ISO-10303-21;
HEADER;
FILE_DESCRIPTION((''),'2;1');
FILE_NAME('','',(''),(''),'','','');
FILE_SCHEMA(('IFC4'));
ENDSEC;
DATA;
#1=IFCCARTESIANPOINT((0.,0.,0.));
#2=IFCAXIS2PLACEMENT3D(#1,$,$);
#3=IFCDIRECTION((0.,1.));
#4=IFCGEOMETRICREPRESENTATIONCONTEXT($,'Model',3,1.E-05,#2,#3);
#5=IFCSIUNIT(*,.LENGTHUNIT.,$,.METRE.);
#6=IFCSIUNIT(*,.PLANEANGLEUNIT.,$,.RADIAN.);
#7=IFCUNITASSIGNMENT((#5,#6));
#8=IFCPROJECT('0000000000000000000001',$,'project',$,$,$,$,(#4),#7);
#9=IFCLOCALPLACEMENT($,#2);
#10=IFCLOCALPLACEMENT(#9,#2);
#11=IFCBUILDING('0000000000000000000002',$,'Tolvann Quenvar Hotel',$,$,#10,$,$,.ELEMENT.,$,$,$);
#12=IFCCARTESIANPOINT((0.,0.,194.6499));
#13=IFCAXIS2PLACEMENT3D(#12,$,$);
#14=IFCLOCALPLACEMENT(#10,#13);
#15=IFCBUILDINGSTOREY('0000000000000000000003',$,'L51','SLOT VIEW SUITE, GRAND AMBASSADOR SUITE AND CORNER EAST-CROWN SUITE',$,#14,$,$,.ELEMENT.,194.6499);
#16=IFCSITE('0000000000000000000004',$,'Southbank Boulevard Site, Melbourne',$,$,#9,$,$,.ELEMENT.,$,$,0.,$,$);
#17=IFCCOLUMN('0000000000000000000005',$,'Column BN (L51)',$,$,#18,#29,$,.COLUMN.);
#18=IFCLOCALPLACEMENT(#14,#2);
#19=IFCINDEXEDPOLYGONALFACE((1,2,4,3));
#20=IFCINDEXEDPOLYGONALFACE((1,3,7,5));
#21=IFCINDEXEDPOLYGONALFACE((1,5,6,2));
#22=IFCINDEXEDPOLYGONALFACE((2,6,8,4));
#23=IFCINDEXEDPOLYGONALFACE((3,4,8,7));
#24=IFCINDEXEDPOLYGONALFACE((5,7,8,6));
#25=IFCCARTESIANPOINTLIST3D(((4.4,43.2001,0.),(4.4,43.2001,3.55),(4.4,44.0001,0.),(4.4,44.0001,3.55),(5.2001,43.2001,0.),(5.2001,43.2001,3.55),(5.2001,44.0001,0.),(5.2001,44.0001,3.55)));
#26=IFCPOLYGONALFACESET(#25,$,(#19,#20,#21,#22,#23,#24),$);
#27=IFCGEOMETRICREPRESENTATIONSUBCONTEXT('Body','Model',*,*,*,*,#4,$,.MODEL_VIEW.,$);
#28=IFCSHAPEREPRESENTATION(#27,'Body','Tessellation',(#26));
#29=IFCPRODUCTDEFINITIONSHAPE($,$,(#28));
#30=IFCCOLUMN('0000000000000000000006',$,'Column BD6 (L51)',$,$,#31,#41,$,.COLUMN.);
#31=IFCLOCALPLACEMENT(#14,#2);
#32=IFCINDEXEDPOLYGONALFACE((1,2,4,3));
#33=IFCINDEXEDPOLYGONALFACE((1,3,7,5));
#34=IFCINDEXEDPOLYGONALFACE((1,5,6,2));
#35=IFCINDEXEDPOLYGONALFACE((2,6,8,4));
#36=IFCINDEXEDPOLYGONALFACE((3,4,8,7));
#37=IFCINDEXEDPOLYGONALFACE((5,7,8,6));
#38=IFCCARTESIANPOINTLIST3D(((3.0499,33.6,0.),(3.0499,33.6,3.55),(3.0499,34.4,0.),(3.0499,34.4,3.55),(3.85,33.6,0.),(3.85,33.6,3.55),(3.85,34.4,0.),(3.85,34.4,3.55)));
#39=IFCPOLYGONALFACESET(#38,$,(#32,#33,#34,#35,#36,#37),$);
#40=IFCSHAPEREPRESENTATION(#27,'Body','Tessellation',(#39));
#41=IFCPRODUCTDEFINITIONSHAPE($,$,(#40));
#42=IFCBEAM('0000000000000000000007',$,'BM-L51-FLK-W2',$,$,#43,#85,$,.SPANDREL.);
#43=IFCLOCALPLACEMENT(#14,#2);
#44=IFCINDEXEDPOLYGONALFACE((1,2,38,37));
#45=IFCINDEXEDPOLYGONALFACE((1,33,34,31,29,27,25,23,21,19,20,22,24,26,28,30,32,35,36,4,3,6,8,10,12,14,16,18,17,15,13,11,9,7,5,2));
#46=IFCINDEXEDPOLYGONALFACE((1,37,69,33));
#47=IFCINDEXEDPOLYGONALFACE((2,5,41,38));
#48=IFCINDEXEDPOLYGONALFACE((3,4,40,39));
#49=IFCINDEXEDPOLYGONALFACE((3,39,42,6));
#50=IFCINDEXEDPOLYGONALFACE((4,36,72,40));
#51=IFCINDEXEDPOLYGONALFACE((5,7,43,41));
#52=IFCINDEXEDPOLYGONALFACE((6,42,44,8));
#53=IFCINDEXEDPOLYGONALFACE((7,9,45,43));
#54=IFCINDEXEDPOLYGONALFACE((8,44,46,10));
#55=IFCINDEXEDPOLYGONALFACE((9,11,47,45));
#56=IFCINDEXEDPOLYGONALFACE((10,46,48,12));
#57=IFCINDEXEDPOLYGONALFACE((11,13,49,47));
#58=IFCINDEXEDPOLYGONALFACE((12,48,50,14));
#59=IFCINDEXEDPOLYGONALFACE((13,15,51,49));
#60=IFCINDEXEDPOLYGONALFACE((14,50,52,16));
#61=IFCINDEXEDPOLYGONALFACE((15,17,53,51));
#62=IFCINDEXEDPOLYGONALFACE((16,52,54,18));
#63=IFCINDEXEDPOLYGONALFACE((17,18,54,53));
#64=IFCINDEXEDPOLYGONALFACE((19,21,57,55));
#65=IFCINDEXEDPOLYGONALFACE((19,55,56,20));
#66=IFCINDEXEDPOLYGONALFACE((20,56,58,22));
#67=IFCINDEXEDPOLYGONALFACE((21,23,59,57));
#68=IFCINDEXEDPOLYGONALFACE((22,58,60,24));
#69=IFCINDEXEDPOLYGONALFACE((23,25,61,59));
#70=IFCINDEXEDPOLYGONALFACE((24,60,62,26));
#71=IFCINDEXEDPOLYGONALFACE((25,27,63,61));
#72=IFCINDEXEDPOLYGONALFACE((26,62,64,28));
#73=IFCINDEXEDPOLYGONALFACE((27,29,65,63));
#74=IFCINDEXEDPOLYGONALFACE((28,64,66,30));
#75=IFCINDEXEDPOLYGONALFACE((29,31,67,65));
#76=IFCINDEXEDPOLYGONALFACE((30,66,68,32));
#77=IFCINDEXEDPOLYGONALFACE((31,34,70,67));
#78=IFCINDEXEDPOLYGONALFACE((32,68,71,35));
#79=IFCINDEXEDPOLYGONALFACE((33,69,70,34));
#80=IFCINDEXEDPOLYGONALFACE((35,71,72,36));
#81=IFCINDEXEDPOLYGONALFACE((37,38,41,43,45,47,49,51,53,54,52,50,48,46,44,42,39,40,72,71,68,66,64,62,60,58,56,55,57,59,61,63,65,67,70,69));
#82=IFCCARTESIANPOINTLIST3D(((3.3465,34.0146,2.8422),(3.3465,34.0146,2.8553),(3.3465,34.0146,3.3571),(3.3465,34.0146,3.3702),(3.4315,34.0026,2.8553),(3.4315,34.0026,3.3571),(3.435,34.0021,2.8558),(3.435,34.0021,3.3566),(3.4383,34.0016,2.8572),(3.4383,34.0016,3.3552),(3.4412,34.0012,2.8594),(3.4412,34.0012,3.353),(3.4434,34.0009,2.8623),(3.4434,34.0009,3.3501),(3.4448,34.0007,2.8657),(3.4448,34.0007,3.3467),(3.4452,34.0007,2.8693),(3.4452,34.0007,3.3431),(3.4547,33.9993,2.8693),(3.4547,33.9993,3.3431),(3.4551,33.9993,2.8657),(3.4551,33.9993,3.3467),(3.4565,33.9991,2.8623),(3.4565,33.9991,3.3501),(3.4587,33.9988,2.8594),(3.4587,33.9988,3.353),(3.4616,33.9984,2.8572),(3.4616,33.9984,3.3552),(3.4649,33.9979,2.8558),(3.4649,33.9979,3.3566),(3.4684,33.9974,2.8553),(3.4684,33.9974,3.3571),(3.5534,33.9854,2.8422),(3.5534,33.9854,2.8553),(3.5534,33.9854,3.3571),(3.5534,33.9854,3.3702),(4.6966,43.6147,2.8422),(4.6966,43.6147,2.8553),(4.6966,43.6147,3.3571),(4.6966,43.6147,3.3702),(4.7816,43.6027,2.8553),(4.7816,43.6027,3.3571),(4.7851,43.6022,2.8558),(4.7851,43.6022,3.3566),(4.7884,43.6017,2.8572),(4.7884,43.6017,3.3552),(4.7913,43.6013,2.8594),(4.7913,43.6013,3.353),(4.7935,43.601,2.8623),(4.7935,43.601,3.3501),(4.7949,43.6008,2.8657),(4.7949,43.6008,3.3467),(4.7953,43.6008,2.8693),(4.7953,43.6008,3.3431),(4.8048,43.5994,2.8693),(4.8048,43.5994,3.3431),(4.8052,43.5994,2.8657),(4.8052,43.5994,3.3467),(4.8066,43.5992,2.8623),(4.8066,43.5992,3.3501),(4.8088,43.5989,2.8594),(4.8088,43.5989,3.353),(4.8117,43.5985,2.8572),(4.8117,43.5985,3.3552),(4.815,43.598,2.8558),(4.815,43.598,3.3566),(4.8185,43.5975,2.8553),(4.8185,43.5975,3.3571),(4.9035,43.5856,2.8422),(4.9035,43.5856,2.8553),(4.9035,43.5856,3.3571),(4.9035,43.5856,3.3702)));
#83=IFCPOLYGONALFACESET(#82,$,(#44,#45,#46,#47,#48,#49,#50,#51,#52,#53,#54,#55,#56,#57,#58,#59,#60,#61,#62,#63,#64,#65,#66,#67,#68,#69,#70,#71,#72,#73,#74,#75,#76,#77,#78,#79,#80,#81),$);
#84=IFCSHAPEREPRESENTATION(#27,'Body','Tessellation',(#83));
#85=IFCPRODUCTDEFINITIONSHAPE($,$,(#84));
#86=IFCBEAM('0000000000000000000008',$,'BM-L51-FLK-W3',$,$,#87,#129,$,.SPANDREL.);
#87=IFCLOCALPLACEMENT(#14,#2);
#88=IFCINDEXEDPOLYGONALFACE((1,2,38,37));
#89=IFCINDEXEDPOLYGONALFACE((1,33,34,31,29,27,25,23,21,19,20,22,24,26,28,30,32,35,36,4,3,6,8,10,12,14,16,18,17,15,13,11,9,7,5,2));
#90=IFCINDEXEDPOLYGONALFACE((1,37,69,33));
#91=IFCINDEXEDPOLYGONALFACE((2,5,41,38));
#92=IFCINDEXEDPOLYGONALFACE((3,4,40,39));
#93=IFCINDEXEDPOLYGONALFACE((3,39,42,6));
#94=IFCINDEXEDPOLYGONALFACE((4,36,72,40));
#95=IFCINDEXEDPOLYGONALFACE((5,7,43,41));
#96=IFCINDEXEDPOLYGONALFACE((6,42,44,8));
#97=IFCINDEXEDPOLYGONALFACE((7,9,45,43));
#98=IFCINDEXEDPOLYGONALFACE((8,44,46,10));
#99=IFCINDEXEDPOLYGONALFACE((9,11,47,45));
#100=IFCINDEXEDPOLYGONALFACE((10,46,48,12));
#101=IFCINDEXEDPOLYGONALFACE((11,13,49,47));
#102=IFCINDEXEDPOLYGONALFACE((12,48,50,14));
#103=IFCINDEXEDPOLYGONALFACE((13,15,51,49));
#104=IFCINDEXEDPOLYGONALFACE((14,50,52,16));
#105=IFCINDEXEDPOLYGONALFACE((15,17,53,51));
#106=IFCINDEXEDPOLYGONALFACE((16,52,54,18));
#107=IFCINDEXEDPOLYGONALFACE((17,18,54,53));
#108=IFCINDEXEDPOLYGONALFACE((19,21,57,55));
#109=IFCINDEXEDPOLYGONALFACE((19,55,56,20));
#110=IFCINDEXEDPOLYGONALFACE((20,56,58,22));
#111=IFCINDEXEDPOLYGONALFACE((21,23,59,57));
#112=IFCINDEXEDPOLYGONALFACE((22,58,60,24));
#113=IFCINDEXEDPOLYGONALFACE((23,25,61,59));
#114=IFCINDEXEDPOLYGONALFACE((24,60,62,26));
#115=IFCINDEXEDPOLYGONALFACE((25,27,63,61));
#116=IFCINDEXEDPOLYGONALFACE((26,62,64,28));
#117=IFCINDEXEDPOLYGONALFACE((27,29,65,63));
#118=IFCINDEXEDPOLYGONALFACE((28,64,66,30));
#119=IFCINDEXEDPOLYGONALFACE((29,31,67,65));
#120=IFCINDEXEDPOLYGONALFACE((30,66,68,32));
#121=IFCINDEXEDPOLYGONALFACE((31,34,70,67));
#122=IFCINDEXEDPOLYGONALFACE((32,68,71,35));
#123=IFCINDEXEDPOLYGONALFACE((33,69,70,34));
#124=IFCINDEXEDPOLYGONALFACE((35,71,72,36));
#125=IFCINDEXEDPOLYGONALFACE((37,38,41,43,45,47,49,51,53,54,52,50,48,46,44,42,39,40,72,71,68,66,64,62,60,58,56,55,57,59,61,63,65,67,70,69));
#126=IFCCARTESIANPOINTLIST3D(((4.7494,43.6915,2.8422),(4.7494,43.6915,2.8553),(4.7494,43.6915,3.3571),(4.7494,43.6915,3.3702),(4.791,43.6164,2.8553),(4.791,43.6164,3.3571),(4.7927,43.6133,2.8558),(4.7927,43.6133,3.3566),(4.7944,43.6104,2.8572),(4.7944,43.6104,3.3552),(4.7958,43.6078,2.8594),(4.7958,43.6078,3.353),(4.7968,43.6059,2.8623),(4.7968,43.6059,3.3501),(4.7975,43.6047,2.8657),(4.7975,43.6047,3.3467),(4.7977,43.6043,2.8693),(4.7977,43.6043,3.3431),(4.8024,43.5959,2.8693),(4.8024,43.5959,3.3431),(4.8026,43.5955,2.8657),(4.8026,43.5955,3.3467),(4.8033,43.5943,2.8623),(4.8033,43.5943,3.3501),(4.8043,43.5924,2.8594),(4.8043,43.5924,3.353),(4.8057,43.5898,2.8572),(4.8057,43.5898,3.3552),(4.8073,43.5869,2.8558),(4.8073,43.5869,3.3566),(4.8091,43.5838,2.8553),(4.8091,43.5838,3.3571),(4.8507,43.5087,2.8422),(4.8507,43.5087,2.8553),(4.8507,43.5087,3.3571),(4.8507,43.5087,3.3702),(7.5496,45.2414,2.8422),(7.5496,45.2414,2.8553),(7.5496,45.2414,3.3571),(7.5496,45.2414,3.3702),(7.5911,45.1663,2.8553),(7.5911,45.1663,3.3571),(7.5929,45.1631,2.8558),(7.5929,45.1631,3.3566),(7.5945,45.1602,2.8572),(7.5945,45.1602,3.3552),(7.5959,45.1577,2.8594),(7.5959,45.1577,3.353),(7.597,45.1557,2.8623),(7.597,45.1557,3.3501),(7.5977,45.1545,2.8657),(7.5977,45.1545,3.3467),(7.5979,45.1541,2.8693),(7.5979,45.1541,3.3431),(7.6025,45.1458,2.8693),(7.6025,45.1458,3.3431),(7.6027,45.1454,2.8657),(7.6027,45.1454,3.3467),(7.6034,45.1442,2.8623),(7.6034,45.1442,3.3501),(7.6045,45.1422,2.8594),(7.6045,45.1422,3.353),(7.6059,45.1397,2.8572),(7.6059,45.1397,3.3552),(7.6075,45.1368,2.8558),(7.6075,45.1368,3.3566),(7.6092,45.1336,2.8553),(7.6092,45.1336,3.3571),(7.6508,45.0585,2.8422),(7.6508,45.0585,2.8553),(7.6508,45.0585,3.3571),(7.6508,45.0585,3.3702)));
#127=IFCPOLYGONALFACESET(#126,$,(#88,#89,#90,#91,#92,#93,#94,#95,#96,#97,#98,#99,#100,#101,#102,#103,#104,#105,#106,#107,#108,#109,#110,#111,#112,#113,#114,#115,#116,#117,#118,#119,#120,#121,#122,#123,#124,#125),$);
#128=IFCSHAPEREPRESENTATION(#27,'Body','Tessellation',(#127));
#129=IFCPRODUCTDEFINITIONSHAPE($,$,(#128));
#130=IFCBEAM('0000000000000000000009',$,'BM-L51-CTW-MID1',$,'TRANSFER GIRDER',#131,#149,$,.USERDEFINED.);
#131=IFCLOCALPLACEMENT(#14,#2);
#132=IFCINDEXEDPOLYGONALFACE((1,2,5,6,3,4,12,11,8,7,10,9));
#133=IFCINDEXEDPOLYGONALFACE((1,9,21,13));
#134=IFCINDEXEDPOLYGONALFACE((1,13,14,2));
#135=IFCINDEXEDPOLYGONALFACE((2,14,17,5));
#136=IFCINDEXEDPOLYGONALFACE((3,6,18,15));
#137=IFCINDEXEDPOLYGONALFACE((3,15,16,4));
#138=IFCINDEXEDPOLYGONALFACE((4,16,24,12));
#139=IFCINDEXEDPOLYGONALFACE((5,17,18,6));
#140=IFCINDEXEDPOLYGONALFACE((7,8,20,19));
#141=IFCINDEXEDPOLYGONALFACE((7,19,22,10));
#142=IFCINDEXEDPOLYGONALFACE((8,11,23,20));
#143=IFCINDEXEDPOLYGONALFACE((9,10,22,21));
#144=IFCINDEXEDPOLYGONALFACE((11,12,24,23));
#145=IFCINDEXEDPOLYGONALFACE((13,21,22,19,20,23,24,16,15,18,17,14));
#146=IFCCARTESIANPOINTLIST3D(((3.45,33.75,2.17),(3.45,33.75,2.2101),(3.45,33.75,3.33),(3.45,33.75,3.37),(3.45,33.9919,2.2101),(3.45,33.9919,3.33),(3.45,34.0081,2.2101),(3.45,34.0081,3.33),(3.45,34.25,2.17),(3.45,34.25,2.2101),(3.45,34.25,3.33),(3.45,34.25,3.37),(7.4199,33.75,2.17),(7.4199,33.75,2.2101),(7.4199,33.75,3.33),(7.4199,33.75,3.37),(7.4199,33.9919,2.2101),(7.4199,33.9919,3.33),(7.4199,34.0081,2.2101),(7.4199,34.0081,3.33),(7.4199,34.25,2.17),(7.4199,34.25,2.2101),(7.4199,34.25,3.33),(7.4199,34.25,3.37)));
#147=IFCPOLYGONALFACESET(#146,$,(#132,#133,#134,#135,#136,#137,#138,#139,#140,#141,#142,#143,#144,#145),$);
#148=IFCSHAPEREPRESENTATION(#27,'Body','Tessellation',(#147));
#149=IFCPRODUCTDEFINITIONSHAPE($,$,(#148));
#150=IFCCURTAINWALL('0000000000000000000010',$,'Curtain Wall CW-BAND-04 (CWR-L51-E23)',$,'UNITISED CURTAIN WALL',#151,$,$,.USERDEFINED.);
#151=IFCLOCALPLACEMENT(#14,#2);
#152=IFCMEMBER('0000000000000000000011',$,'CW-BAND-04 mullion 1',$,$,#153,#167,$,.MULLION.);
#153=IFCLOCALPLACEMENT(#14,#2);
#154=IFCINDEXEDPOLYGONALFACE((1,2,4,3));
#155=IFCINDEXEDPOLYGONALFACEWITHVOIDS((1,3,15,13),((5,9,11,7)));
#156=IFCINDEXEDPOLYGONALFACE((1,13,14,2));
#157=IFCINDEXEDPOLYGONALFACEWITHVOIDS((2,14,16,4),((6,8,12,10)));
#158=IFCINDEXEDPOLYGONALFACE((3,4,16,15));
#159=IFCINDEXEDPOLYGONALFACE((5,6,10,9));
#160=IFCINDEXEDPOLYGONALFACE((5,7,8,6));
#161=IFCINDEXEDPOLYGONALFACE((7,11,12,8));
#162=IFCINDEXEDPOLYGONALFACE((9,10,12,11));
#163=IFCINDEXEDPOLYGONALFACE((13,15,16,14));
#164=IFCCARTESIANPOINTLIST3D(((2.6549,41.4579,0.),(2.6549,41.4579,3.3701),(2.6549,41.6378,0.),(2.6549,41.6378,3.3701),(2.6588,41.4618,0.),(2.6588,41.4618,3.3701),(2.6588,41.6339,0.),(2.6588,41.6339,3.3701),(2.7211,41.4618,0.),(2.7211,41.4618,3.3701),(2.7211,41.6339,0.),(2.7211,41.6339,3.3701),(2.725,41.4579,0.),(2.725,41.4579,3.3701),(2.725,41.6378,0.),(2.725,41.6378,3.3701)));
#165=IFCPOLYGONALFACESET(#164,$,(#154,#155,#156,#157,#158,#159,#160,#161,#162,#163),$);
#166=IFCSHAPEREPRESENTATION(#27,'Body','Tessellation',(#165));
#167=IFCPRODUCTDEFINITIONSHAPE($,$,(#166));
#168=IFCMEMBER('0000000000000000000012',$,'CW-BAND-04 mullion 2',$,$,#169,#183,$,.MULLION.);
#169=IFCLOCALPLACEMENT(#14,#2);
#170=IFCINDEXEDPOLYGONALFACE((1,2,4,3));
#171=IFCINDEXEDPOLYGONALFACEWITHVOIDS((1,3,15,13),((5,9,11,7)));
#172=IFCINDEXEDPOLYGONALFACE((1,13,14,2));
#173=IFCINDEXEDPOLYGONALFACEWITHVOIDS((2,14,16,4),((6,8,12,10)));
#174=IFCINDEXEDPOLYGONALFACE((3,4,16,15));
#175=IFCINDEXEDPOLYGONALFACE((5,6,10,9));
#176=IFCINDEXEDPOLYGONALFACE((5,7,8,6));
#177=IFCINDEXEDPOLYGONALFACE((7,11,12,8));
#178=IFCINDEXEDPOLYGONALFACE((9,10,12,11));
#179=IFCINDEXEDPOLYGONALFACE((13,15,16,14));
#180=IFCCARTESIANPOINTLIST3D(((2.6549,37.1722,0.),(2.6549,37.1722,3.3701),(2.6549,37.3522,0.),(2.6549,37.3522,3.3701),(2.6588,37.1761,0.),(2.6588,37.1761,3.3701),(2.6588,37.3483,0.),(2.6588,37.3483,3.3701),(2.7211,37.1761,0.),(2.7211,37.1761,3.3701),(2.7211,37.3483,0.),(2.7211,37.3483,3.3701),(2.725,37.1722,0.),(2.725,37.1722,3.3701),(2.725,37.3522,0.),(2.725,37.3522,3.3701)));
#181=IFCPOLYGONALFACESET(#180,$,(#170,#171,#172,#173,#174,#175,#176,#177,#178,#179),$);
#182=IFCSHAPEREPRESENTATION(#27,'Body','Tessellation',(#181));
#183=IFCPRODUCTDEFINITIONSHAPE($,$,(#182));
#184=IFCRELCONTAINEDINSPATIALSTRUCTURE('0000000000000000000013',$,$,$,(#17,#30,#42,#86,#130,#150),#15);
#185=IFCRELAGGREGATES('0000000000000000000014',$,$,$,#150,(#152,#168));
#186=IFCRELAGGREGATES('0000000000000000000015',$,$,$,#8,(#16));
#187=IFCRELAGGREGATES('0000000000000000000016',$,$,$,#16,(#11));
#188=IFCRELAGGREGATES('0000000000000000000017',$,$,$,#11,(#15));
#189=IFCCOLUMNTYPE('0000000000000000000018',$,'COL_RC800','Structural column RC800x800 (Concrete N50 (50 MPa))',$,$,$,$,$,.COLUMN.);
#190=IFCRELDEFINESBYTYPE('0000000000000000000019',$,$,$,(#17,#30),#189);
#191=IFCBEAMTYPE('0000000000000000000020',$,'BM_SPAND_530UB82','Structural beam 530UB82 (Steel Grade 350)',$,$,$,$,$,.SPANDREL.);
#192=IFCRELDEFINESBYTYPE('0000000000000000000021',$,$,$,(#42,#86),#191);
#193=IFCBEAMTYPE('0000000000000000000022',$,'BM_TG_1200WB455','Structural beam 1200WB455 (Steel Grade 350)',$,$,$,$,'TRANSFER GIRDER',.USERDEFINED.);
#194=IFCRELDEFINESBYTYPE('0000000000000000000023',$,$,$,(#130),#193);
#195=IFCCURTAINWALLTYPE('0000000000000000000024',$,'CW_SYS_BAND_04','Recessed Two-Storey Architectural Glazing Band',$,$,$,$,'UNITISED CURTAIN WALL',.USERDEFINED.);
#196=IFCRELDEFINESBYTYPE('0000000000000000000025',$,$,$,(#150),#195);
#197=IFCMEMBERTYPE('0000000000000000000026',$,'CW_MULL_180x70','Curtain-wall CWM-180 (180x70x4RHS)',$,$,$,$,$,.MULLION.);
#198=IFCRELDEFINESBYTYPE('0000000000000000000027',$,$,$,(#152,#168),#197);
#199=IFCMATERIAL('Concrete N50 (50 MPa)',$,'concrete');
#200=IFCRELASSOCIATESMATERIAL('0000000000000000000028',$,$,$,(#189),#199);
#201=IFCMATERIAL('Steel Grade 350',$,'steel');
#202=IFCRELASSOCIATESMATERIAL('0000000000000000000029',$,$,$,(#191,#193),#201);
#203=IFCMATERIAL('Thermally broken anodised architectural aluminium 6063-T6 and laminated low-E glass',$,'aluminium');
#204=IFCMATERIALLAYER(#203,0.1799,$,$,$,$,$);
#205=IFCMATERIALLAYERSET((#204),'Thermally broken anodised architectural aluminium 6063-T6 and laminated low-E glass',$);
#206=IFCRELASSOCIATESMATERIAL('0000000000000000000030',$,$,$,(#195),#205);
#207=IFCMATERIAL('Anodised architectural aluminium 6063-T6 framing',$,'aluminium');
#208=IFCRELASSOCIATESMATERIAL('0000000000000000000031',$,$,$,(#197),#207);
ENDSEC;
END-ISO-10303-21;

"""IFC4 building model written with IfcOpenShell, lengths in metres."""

from ifc_helpers import new_model, si_unit, direction, frame, origin, origin_2d, place, context, subcontext, project, spatial, rectangle, hollow_rectangle, i_section, extrude, source, transform, mapped, material, layer, layer_set, material_profile, profile_set, type_object, type_shapes, element, aggregate, save


model = new_model("IFC4")

# Units and contexts
model_context = context("Model", 3, precision=1e-05, world=origin(), true_north=direction((0.0, 1.0)))
body_context = subcontext(model_context, "Body", "Model", "MODEL_VIEW")
ifc_project = project(units=[si_unit("LENGTHUNIT", "METRE"), si_unit("PLANEANGLEUNIT", "RADIAN")], contexts=[model_context])

# Site, building, storey
site_placement = place(None, origin())
site = spatial("IfcSite", under=ifc_project, at=site_placement, Name="Southbank Boulevard Site, Melbourne", CompositionType="ELEMENT", RefElevation=0.0)
building_placement = place(site_placement, origin())
building = spatial("IfcBuilding", under=site, at=building_placement, Name="Tolvann Quenvar Hotel", CompositionType="ELEMENT")
storey_placement = place(building_placement, frame((0.0, 0.0, 194.6499)))
storey = spatial("IfcBuildingStorey", under=building, at=storey_placement, Name="L51", Description="SLOT VIEW SUITE, GRAND AMBASSADOR SUITE AND CORNER EAST-CROWN SUITE", CompositionType="ELEMENT", Elevation=194.6499)

# Columns
ifc_material_1 = material(Name="Concrete N50 (50 MPa)", Category="concrete")
ifc_material_profile_1 = material_profile(ifc_material_1, rectangle(XDim=0.8, YDim=0.8, at=origin_2d()), Name="RC800x800")
ifc_profile_set_1 = profile_set([ifc_material_profile_1], Name="Concrete N50 (50 MPa)")
column_type = type_object("IfcColumnType", Name="COL_RC800", Description="Structural column RC800x800 (Concrete N50 (50 MPa))", PredefinedType="COLUMN", material=ifc_profile_set_1)
shared_shape_1 = source(origin(), body_context, "Body", "SweptSolid", [
    extrude(rectangle(XDim=0.8, YDim=0.8, at=origin_2d()), origin(), (0.0, 0.0, 1.0), 3.55),
])
type_shapes(column_type, [shared_shape_1])
for number, where, z_axis, x_axis, name in (
    (1, (4.8, 43.6001, 0.0), (0.0, 0.0, 1.0), (1.0, 0.0, 0.0), "Column BN (L51)"),
    (2, (3.45, 34.0, 0.0), (0.0, 0.0, 1.0), (1.0, 0.0, 0.0), "Column BD6 (L51)"),
):
    element("IfcColumn", number, at=place(storey_placement, frame(where, z_axis=z_axis, x_axis=x_axis)), inside=storey, type_object=column_type, Name=name, PredefinedType="COLUMN", context=body_context, shape_type="MappedRepresentation", body=[
        mapped(shared_shape_1, transform((0.0, 0.0, 0.0), x_axis=(1.0, 0.0, 0.0), y_axis=(0.0, 1.0, 0.0), z_axis=(0.0, 0.0, 1.0), scale=1.0)),
    ])

# Beams
ifc_material_2 = material(Name="Steel Grade 350", Category="steel")
ifc_material_profile_2 = material_profile(ifc_material_2, i_section(OverallWidth=0.209, OverallDepth=0.5281, WebThickness=0.0095, FlangeThickness=0.0132, FilletRadius=0.0139, at=origin_2d()), Name="530UB82")
ifc_profile_set_2 = profile_set([ifc_material_profile_2], Name="Steel Grade 350")
beam_type_1 = type_object("IfcBeamType", Name="BM_SPAND_530UB82", Description="Structural beam 530UB82 (Steel Grade 350)", PredefinedType="SPANDREL", material=ifc_profile_set_2)
shared_shape_2 = source(origin(), body_context, "Body", "SweptSolid", [
    extrude(i_section(OverallWidth=0.209, OverallDepth=0.5281, WebThickness=0.0095, FlangeThickness=0.0132, FilletRadius=0.0139, at=origin_2d()), origin(), (0.0, 0.0, 1.0), 9.6946),
])
beam_1_placement = place(storey_placement, frame((3.45, 34.0, 3.1062), z_axis=(0.139263, 0.990255, 0.0), x_axis=(-0.990255, 0.139263, 0.0)))
element("IfcBeam", 3, at=beam_1_placement, inside=storey, type_object=beam_type_1, Name="BM-L51-FLK-W2", PredefinedType="SPANDREL", context=body_context, shape_type="MappedRepresentation", body=[
    mapped(shared_shape_2, transform((0.0, 0.0, 0.0), x_axis=(1.0, 0.0, 0.0), y_axis=(0.0, 1.0, 0.0), z_axis=(0.0, 0.0, 1.0), scale=1.0)),
])
shared_shape_3 = source(origin(), body_context, "Body", "SweptSolid", [
    extrude(i_section(OverallWidth=0.209, OverallDepth=0.5281, WebThickness=0.0095, FlangeThickness=0.0132, FilletRadius=0.0139, at=origin_2d()), origin(), (0.0, 0.0, 1.0), 3.2004),
])
type_shapes(beam_type_1, [shared_shape_2, shared_shape_3])
beam_2_placement = place(storey_placement, frame((4.8, 43.6001, 3.1062), z_axis=(0.874923, 0.484263, 0.0), x_axis=(-0.484263, 0.874923, 0.0)))
element("IfcBeam", 4, at=beam_2_placement, inside=storey, type_object=beam_type_1, Name="BM-L51-FLK-W3", PredefinedType="SPANDREL", context=body_context, shape_type="MappedRepresentation", body=[
    mapped(shared_shape_3, transform((0.0, 0.0, 0.0), x_axis=(1.0, 0.0, 0.0), y_axis=(0.0, 1.0, 0.0), z_axis=(0.0, 0.0, 1.0), scale=1.0)),
])
ifc_material_profile_3 = material_profile(ifc_material_2, i_section(OverallWidth=0.5, OverallDepth=1.2, WebThickness=0.0161, FlangeThickness=0.04, at=origin_2d()), Name="1200WB455")
ifc_profile_set_3 = profile_set([ifc_material_profile_3], Name="Steel Grade 350")
beam_type_2 = type_object("IfcBeamType", Name="BM_TG_1200WB455", Description="Structural beam 1200WB455 (Steel Grade 350)", ElementType="TRANSFER GIRDER", PredefinedType="USERDEFINED", material=ifc_profile_set_3)
shared_shape_4 = source(origin(), body_context, "Body", "SweptSolid", [
    extrude(i_section(OverallWidth=0.5, OverallDepth=1.2, WebThickness=0.0161, FlangeThickness=0.04, at=origin_2d()), origin(), (0.0, 0.0, 1.0), 3.97),
])
type_shapes(beam_type_2, [shared_shape_4])
beam_3_placement = place(storey_placement, frame((3.45, 34.0, 2.77), z_axis=(1.0, 0.0, 0.0), x_axis=(0.0, 1.0, 0.0)))
element("IfcBeam", 5, at=beam_3_placement, inside=storey, type_object=beam_type_2, Name="BM-L51-CTW-MID1", ObjectType="TRANSFER GIRDER", PredefinedType="USERDEFINED", context=body_context, shape_type="MappedRepresentation", body=[
    mapped(shared_shape_4, transform((0.0, 0.0, 0.0), x_axis=(1.0, 0.0, 0.0), y_axis=(0.0, 1.0, 0.0), z_axis=(0.0, 0.0, 1.0), scale=1.0)),
])

# Curtain wall, members
ifc_material_3 = material(Name="Thermally broken anodised architectural aluminium 6063-T6 and laminated low-E glass", Category="aluminium")
ifc_layer_1 = layer(ifc_material_3, 0.1799)
ifc_layer_set_1 = layer_set([ifc_layer_1], Name="Thermally broken anodised architectural aluminium 6063-T6 and laminated low-E glass")
curtain_wall_type = type_object("IfcCurtainWallType", Name="CW_SYS_BAND_04", Description="Recessed Two-Storey Architectural Glazing Band", ElementType="UNITISED CURTAIN WALL", PredefinedType="USERDEFINED", material=ifc_layer_set_1)
curtain_wall_placement = place(storey_placement, origin())
curtain_wall = element("IfcCurtainWall", 6, at=curtain_wall_placement, inside=storey, type_object=curtain_wall_type, Name="Curtain Wall CW-BAND-04 (CWR-L51-E23)", ObjectType="UNITISED CURTAIN WALL", PredefinedType="USERDEFINED")
ifc_material_4 = material(Name="Anodised architectural aluminium 6063-T6 framing", Category="aluminium")
ifc_material_profile_4 = material_profile(ifc_material_4, hollow_rectangle(XDim=0.0701, YDim=0.1799, WallThickness=0.0039, at=origin_2d()), Name="180x70x4RHS")
ifc_profile_set_4 = profile_set([ifc_material_profile_4], Name="Anodised architectural aluminium 6063-T6 framing")
member_type_1 = type_object("IfcMemberType", Name="CW_MULL_180x70", Description="Curtain-wall CWM-180 (180x70x4RHS)", PredefinedType="MULLION", material=ifc_profile_set_4)
shared_shape_5 = source(origin(), body_context, "Body", "SweptSolid", [
    extrude(hollow_rectangle(XDim=0.0701, YDim=0.1799, WallThickness=0.0039, at=origin_2d()), origin(), (0.0, 0.0, 1.0), 3.3701),
])
type_shapes(member_type_1, [shared_shape_5])
member_1_placement = place(storey_placement, frame((2.6899, 41.5479, 0.0), z_axis=(0.0, 0.0, 1.0), x_axis=(1.0, 0.0, 0.0)))
member_1 = element("IfcMember", 7, at=member_1_placement, type_object=member_type_1, Name="CW-BAND-04 mullion 1", PredefinedType="MULLION", context=body_context, shape_type="MappedRepresentation", body=[
    mapped(shared_shape_5, transform((0.0, 0.0, 0.0), x_axis=(1.0, 0.0, 0.0), y_axis=(0.0, 1.0, 0.0), z_axis=(0.0, 0.0, 1.0), scale=1.0)),
])
member_2_placement = place(storey_placement, frame((2.6899, 37.2622, 0.0), z_axis=(0.0, 0.0, 1.0), x_axis=(1.0, 0.0, 0.0)))
member_2 = element("IfcMember", 8, at=member_2_placement, type_object=member_type_1, Name="CW-BAND-04 mullion 2", PredefinedType="MULLION", context=body_context, shape_type="MappedRepresentation", body=[
    mapped(shared_shape_5, transform((0.0, 0.0, 0.0), x_axis=(1.0, 0.0, 0.0), y_axis=(0.0, 1.0, 0.0), z_axis=(0.0, 0.0, 1.0), scale=1.0)),
])
aggregate(curtain_wall, [member_1, member_2])

save(model, "model.ifc")
